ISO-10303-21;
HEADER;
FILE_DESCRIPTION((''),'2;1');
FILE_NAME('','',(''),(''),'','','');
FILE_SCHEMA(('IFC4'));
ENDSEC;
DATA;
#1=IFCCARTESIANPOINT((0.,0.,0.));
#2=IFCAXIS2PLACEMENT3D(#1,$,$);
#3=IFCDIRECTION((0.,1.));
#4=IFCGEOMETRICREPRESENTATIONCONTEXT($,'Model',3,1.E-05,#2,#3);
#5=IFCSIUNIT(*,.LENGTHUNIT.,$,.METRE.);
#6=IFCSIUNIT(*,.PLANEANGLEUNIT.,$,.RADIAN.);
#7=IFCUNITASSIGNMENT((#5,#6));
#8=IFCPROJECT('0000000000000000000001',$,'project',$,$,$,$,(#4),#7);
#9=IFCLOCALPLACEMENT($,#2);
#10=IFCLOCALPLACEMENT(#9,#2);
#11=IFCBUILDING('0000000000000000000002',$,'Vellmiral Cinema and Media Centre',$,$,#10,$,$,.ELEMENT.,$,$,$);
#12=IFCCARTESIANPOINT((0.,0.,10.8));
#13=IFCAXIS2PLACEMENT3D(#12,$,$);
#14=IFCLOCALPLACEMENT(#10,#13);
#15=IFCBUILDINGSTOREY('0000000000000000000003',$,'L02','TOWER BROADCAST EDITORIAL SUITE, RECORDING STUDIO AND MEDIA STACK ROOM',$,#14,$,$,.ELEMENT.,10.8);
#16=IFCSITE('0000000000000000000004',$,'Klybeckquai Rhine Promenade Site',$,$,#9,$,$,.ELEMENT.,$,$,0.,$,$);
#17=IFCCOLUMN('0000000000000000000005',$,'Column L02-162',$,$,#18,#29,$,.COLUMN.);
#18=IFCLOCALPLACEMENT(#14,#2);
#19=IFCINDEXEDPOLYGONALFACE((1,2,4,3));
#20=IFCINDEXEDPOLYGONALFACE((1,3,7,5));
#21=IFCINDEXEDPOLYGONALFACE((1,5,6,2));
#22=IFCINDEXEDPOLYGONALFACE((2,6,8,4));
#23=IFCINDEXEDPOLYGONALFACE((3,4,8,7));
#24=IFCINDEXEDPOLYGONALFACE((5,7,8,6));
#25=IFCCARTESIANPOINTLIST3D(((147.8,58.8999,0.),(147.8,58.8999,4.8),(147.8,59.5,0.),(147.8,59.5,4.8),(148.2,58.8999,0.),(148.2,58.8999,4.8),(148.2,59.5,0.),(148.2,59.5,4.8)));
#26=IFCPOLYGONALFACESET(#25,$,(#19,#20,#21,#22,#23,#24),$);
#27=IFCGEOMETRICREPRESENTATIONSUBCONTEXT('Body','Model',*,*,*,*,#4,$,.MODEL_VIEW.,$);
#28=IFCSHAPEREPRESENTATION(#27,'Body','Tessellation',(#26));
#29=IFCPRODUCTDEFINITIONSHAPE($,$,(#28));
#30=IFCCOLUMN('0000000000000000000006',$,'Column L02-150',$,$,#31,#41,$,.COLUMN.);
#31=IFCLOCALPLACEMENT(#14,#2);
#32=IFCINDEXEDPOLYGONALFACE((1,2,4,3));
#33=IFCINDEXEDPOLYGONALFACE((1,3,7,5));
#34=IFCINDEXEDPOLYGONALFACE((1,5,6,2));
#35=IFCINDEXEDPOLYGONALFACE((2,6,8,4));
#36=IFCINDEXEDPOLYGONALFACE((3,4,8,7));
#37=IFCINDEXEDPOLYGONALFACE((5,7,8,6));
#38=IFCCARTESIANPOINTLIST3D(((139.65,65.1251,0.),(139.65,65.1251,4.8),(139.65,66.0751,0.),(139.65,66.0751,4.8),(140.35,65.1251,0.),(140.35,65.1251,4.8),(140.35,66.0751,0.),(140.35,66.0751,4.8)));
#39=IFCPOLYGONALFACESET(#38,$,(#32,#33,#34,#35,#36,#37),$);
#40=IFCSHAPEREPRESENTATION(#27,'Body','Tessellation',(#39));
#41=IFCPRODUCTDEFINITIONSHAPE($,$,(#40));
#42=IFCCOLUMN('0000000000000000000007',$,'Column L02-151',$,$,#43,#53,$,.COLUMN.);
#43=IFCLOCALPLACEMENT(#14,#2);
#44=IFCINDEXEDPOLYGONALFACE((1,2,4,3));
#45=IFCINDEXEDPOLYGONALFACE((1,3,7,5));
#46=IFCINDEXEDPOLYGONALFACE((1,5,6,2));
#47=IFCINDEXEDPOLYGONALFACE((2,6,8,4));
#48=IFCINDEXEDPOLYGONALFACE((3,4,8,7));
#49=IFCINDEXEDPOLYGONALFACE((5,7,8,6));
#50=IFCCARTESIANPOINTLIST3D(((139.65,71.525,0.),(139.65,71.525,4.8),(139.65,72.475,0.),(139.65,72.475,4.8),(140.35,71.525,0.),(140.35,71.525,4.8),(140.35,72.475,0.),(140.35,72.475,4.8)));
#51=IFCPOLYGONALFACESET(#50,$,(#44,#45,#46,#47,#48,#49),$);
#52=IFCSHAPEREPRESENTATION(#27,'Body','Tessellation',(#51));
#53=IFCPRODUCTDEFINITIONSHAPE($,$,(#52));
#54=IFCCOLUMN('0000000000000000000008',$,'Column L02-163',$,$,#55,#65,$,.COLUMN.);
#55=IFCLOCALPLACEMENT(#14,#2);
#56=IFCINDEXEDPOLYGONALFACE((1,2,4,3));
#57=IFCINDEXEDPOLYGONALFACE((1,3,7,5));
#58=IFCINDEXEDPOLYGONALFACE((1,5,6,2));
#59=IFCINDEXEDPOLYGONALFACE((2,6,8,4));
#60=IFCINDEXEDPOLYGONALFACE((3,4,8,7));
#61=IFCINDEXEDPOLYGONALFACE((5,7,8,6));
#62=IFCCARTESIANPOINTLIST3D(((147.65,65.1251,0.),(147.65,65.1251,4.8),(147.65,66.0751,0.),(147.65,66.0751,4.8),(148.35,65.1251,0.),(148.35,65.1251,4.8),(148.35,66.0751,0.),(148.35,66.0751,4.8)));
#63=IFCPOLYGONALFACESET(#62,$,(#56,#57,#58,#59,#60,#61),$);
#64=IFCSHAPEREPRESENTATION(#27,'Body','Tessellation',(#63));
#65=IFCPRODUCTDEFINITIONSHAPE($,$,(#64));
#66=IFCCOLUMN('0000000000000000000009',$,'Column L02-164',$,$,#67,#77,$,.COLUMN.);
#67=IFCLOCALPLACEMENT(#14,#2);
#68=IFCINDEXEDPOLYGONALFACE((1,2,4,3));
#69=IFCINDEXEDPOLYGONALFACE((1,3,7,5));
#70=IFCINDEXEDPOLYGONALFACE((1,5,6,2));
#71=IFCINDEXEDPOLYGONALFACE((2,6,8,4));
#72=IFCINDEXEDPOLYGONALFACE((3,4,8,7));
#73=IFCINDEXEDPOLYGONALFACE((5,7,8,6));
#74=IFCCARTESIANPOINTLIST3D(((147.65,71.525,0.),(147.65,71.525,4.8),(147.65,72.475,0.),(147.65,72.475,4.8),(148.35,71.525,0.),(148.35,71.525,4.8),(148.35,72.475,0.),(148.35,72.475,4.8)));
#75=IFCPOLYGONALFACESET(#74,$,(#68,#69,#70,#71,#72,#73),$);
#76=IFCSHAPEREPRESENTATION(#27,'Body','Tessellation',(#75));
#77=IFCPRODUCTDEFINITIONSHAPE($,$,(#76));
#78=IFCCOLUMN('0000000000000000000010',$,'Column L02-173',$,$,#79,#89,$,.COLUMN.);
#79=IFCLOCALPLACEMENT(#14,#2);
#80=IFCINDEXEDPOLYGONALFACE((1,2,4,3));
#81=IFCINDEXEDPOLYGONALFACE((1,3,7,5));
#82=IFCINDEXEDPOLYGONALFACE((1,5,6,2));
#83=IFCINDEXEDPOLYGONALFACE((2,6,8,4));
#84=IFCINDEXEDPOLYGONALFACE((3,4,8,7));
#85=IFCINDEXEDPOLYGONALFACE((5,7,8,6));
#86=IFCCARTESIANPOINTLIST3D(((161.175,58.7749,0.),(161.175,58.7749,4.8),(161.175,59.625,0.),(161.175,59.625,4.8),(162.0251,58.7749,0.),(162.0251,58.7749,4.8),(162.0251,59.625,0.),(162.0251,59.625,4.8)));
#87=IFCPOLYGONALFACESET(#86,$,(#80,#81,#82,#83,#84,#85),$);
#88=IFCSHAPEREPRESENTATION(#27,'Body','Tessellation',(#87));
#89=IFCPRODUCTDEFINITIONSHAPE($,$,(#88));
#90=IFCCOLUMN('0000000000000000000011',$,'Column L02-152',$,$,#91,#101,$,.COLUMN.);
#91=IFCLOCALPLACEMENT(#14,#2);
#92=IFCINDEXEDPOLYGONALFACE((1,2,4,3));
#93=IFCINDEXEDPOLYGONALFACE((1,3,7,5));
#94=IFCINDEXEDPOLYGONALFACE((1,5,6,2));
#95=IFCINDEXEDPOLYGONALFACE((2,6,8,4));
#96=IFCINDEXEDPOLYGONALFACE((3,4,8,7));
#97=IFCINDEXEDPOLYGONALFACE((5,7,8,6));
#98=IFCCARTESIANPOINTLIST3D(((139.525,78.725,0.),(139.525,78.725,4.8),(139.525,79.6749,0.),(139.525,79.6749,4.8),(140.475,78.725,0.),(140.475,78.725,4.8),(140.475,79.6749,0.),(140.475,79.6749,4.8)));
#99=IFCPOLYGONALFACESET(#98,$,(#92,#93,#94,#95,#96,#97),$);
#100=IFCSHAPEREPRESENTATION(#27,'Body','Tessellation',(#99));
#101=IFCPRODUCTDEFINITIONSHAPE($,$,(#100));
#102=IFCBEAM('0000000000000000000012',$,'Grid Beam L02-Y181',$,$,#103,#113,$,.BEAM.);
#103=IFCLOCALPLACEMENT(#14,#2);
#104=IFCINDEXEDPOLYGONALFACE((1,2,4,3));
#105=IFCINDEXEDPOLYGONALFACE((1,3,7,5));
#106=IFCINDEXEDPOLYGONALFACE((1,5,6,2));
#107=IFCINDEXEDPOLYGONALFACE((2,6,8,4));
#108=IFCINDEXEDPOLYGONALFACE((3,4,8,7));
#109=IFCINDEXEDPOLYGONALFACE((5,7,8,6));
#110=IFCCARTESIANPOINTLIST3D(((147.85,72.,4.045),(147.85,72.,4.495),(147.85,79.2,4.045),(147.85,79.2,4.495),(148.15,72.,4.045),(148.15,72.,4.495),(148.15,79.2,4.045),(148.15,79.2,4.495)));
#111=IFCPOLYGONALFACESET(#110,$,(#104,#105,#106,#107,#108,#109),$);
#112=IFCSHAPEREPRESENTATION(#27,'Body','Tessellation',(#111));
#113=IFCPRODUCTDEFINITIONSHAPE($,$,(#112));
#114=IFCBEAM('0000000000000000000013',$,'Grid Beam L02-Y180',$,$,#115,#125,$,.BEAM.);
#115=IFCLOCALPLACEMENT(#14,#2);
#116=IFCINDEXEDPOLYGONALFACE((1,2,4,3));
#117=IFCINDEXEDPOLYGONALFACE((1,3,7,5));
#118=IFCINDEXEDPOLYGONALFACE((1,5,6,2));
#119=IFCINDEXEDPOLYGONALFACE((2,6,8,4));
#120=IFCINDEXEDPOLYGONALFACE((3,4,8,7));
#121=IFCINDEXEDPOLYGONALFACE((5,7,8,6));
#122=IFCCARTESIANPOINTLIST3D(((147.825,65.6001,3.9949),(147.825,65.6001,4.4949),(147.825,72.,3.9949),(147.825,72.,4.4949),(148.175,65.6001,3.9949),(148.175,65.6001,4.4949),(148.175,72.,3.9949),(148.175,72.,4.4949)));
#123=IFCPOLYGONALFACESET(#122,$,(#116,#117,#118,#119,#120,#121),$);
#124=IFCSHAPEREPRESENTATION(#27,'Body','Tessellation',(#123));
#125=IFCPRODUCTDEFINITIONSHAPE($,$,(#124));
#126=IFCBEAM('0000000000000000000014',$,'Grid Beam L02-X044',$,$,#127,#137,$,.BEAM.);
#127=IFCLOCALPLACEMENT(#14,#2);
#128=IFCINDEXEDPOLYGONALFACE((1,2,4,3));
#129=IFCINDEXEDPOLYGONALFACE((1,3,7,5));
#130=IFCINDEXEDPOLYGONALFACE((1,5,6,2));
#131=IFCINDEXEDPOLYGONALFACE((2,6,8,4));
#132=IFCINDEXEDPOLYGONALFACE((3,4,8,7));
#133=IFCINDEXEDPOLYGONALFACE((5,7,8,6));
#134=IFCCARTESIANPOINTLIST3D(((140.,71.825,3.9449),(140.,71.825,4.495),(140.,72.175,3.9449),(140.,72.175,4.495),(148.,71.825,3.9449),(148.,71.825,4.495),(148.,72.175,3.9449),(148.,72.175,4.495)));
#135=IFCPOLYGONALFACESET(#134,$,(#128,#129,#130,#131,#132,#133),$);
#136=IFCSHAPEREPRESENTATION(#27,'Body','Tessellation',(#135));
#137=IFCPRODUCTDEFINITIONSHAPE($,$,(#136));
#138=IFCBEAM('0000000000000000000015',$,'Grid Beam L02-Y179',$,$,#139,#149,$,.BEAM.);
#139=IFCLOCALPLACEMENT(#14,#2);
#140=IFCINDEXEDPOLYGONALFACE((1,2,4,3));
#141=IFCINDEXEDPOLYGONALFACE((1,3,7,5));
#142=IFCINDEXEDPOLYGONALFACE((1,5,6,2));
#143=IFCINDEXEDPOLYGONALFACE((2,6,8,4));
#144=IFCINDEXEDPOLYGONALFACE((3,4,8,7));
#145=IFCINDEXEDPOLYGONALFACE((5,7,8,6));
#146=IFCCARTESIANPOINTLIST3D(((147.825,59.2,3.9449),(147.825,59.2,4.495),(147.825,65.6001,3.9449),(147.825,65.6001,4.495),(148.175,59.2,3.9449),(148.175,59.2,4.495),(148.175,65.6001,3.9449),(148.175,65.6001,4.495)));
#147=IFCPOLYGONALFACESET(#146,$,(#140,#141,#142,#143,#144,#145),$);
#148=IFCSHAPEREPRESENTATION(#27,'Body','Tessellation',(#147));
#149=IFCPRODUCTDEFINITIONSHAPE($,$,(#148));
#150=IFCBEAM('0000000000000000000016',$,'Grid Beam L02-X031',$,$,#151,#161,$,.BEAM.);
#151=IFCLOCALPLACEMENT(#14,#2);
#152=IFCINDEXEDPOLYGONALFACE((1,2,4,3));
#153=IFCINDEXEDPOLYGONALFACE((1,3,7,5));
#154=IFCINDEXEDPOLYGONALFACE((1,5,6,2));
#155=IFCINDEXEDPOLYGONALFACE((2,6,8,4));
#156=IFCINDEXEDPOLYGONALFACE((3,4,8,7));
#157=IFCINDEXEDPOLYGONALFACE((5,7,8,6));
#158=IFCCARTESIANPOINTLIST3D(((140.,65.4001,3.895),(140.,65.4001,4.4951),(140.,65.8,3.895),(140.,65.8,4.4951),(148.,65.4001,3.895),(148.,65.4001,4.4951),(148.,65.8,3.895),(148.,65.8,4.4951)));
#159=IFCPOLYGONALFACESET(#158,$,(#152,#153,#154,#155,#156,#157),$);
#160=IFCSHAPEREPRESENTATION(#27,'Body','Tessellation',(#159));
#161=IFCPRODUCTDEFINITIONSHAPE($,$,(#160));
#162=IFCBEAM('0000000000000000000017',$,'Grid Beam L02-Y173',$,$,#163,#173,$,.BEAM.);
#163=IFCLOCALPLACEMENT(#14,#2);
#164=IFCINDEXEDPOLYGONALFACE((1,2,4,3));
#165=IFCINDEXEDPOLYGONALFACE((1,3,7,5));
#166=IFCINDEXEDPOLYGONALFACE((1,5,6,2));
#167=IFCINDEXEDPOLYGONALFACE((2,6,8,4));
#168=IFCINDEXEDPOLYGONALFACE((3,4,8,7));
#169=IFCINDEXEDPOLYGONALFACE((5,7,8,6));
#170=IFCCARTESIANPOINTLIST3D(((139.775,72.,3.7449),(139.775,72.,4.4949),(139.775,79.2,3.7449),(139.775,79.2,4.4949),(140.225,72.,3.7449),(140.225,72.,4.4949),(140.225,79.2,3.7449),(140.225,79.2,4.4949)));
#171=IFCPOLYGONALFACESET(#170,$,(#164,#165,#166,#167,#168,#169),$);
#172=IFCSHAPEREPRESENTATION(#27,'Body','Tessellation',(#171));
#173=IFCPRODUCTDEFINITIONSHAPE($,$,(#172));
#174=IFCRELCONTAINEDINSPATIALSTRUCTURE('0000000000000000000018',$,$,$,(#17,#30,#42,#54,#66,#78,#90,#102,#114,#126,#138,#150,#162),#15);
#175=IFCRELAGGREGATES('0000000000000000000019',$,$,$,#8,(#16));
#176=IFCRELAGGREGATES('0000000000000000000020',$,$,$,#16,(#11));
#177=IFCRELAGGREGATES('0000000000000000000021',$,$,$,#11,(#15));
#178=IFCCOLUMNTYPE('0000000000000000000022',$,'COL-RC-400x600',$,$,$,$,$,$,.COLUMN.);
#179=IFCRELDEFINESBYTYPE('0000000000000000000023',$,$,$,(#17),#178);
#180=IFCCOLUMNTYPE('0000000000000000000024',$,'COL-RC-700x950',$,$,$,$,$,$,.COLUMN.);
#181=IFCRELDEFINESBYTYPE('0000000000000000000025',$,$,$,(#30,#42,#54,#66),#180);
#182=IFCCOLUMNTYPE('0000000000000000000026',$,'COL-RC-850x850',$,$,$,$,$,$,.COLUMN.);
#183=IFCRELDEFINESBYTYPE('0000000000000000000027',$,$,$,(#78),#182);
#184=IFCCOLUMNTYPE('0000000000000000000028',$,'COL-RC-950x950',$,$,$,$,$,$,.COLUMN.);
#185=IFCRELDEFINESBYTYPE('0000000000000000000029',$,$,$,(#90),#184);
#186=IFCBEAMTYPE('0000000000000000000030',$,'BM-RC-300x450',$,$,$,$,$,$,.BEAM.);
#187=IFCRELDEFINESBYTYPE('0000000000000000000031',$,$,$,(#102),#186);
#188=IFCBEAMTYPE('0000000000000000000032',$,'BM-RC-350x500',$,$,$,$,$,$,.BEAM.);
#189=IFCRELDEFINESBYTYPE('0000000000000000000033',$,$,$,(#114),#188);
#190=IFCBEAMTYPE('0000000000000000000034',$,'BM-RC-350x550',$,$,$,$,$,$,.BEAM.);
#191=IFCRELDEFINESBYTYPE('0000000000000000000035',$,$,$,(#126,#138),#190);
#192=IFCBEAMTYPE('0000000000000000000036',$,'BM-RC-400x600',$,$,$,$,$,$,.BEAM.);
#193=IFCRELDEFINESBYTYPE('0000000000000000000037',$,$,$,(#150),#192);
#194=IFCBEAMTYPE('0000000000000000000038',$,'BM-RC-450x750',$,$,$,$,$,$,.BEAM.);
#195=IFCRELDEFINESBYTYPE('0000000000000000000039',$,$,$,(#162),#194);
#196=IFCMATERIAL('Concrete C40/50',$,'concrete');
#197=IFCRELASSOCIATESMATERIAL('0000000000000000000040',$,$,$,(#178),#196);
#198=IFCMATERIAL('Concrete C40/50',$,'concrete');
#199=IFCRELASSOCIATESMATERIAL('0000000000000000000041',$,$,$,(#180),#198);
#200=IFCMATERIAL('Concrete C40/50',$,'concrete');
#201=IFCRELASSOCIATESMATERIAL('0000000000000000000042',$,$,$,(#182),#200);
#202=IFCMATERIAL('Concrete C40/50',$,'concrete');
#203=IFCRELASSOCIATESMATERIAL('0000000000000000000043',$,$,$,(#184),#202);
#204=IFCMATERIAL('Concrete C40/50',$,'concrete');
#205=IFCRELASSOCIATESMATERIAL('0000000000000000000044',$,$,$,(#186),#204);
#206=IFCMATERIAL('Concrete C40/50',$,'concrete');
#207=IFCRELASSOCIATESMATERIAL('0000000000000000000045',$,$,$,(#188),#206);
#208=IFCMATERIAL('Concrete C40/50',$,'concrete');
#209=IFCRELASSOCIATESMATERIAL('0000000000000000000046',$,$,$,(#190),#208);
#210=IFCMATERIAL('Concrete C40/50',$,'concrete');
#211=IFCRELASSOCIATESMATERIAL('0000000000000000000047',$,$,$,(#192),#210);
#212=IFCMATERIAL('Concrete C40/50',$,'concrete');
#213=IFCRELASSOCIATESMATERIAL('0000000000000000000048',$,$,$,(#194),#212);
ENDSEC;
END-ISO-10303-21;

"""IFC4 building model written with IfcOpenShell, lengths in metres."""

from ifc_helpers import new_model, si_unit, direction, frame, origin, origin_2d, place, context, subcontext, project, spatial, rectangle, extrude, material, material_profile, profile_set, type_object, element, save


model = new_model("IFC4")

# Units and contexts
model_context = context("Model", 3, precision=1e-05, world=origin(), true_north=direction((0.0, 1.0)))
body_context = subcontext(model_context, "Body", "Model", "MODEL_VIEW")
ifc_project = project(units=[si_unit("LENGTHUNIT", "METRE"), si_unit("PLANEANGLEUNIT", "RADIAN")], contexts=[model_context])

# Site, building, storey
site_placement = place(None, origin())
site = spatial("IfcSite", under=ifc_project, at=site_placement, Name="Klybeckquai Rhine Promenade Site", CompositionType="ELEMENT", RefElevation=0.0)
building_placement = place(site_placement, origin())
building = spatial("IfcBuilding", under=site, at=building_placement, Name="Vellmiral Cinema and Media Centre", CompositionType="ELEMENT")
storey_placement = place(building_placement, frame((0.0, 0.0, 10.8)))
storey = spatial("IfcBuildingStorey", under=building, at=storey_placement, Name="L02", Description="TOWER BROADCAST EDITORIAL SUITE, RECORDING STUDIO AND MEDIA STACK ROOM", CompositionType="ELEMENT", Elevation=10.8)

# Columns
ifc_material_1 = material(Name="Concrete C40/50", Category="concrete")
ifc_material_profile_1 = material_profile(ifc_material_1, rectangle(XDim=0.3999, YDim=0.6001, at=origin_2d()), Name="RC 400x600")
ifc_profile_set_1 = profile_set([ifc_material_profile_1], Name="Concrete C40/50")
column_type_1 = type_object("IfcColumnType", Name="COL-RC-400x600", PredefinedType="COLUMN", material=ifc_profile_set_1)
column_1_placement = place(storey_placement, frame((148.0, 59.2, 0.0), z_axis=(0.0, 0.0, 1.0), x_axis=(1.0, 0.0, 0.0)))
element("IfcColumn", 1, at=column_1_placement, inside=storey, type_object=column_type_1, Name="Column L02-162", PredefinedType="COLUMN", context=body_context, shape_type="SweptSolid", body=[
    extrude(rectangle(XDim=0.3999, YDim=0.6001, at=origin_2d()), origin(), (0.0, 0.0, 1.0), 4.8),
])
ifc_material_2 = material(Name="Concrete C40/50", Category="concrete")
ifc_material_profile_2 = material_profile(ifc_material_2, rectangle(XDim=0.7, YDim=0.95, at=origin_2d()), Name="RC 700x950")
ifc_profile_set_2 = profile_set([ifc_material_profile_2], Name="Concrete C40/50")
column_type_2 = type_object("IfcColumnType", Name="COL-RC-700x950", PredefinedType="COLUMN", material=ifc_profile_set_2)
for number, where, z_axis, x_axis, name in (
    (2, (140.0, 65.6001, 0.0), (0.0, 0.0, 1.0), (1.0, 0.0, 0.0), "Column L02-150"),
    (3, (140.0, 72.0, 0.0), (0.0, 0.0, 1.0), (1.0, 0.0, 0.0), "Column L02-151"),
    (4, (148.0, 65.6001, 0.0), (0.0, 0.0, 1.0), (1.0, 0.0, 0.0), "Column L02-163"),
    (5, (148.0, 72.0, 0.0), (0.0, 0.0, 1.0), (1.0, 0.0, 0.0), "Column L02-164"),
):
    element("IfcColumn", number, at=place(storey_placement, frame(where, z_axis=z_axis, x_axis=x_axis)), inside=storey, type_object=column_type_2, Name=name, PredefinedType="COLUMN", context=body_context, shape_type="SweptSolid", body=[
        extrude(rectangle(XDim=0.7, YDim=0.95, at=origin_2d()), origin(), (0.0, 0.0, 1.0), 4.8),
    ])
ifc_material_3 = material(Name="Concrete C40/50", Category="concrete")
ifc_material_profile_3 = material_profile(ifc_material_3, rectangle(XDim=0.8501, YDim=0.8501, at=origin_2d()), Name="RC 850x850")
ifc_profile_set_3 = profile_set([ifc_material_profile_3], Name="Concrete C40/50")
column_type_3 = type_object("IfcColumnType", Name="COL-RC-850x850", PredefinedType="COLUMN", material=ifc_profile_set_3)
column_2_placement = place(storey_placement, frame((161.6001, 59.2, 0.0), z_axis=(0.0, 0.0, 1.0), x_axis=(1.0, 0.0, 0.0)))
element("IfcColumn", 6, at=column_2_placement, inside=storey, type_object=column_type_3, Name="Column L02-173", PredefinedType="COLUMN", context=body_context, shape_type="SweptSolid", body=[
    extrude(rectangle(XDim=0.8501, YDim=0.8501, at=origin_2d()), origin(), (0.0, 0.0, 1.0), 4.8),
])
ifc_material_4 = material(Name="Concrete C40/50", Category="concrete")
ifc_material_profile_4 = material_profile(ifc_material_4, rectangle(XDim=0.95, YDim=0.95, at=origin_2d()), Name="RC 950x950")
ifc_profile_set_4 = profile_set([ifc_material_profile_4], Name="Concrete C40/50")
column_type_4 = type_object("IfcColumnType", Name="COL-RC-950x950", PredefinedType="COLUMN", material=ifc_profile_set_4)
column_3_placement = place(storey_placement, frame((140.0, 79.2, 0.0), z_axis=(0.0, 0.0, 1.0), x_axis=(1.0, 0.0, 0.0)))
element("IfcColumn", 7, at=column_3_placement, inside=storey, type_object=column_type_4, Name="Column L02-152", PredefinedType="COLUMN", context=body_context, shape_type="SweptSolid", body=[
    extrude(rectangle(XDim=0.95, YDim=0.95, at=origin_2d()), origin(), (0.0, 0.0, 1.0), 4.8),
])

# Beams
ifc_material_5 = material(Name="Concrete C40/50", Category="concrete")
ifc_material_profile_5 = material_profile(ifc_material_5, rectangle(XDim=0.3, YDim=0.45, at=origin_2d()), Name="RC 300x450")
ifc_profile_set_5 = profile_set([ifc_material_profile_5], Name="Concrete C40/50")
beam_type_1 = type_object("IfcBeamType", Name="BM-RC-300x450", PredefinedType="BEAM", material=ifc_profile_set_5)
beam_1_placement = place(storey_placement, frame((148.0, 72.0, 4.27), z_axis=(0.0, 1.0, 0.0), x_axis=(-1.0, 0.0, 0.0)))
element("IfcBeam", 8, at=beam_1_placement, inside=storey, type_object=beam_type_1, Name="Grid Beam L02-Y181", PredefinedType="BEAM", context=body_context, shape_type="SweptSolid", body=[
    extrude(rectangle(XDim=0.3, YDim=0.45, at=origin_2d()), origin(), (0.0, 0.0, 1.0), 7.2),
])
ifc_material_6 = material(Name="Concrete C40/50", Category="concrete")
ifc_material_profile_6 = material_profile(ifc_material_6, rectangle(XDim=0.3501, YDim=0.5, at=origin_2d()), Name="RC 350x500")
ifc_profile_set_6 = profile_set([ifc_material_profile_6], Name="Concrete C40/50")
beam_type_2 = type_object("IfcBeamType", Name="BM-RC-350x500", PredefinedType="BEAM", material=ifc_profile_set_6)
beam_2_placement = place(storey_placement, frame((148.0, 65.6001, 4.2449), z_axis=(0.0, 1.0, 0.0), x_axis=(-1.0, 0.0, 0.0)))
element("IfcBeam", 9, at=beam_2_placement, inside=storey, type_object=beam_type_2, Name="Grid Beam L02-Y180", PredefinedType="BEAM", context=body_context, shape_type="SweptSolid", body=[
    extrude(rectangle(XDim=0.3501, YDim=0.5, at=origin_2d()), origin(), (0.0, 0.0, 1.0), 6.3999),
])
ifc_material_7 = material(Name="Concrete C40/50", Category="concrete")
ifc_material_profile_7 = material_profile(ifc_material_7, rectangle(XDim=0.3501, YDim=0.55, at=origin_2d()), Name="RC 350x550")
ifc_profile_set_7 = profile_set([ifc_material_profile_7], Name="Concrete C40/50")
beam_type_3 = type_object("IfcBeamType", Name="BM-RC-350x550", PredefinedType="BEAM", material=ifc_profile_set_7)
beam_3_placement = place(storey_placement, frame((140.0, 72.0, 4.22), z_axis=(1.0, 0.0, 0.0), x_axis=(0.0, 1.0, 0.0)))
element("IfcBeam", 10, at=beam_3_placement, inside=storey, type_object=beam_type_3, Name="Grid Beam L02-X044", PredefinedType="BEAM", context=body_context, shape_type="SweptSolid", body=[
    extrude(rectangle(XDim=0.3501, YDim=0.55, at=origin_2d()), origin(), (0.0, 0.0, 1.0), 8.0),
])
beam_4_placement = place(storey_placement, frame((148.0, 59.2, 4.22), z_axis=(0.0, 1.0, 0.0), x_axis=(-1.0, 0.0, 0.0)))
element("IfcBeam", 11, at=beam_4_placement, inside=storey, type_object=beam_type_3, Name="Grid Beam L02-Y179", PredefinedType="BEAM", context=body_context, shape_type="SweptSolid", body=[
    extrude(rectangle(XDim=0.3501, YDim=0.55, at=origin_2d()), origin(), (0.0, 0.0, 1.0), 6.4001),
])
ifc_material_8 = material(Name="Concrete C40/50", Category="concrete")
ifc_material_profile_8 = material_profile(ifc_material_8, rectangle(XDim=0.3999, YDim=0.6001, at=origin_2d()), Name="RC 400x600")
ifc_profile_set_8 = profile_set([ifc_material_profile_8], Name="Concrete C40/50")
beam_type_4 = type_object("IfcBeamType", Name="BM-RC-400x600", PredefinedType="BEAM", material=ifc_profile_set_8)
beam_5_placement = place(storey_placement, frame((140.0, 65.6001, 4.1951), z_axis=(1.0, 0.0, 0.0), x_axis=(0.0, 1.0, 0.0)))
element("IfcBeam", 12, at=beam_5_placement, inside=storey, type_object=beam_type_4, Name="Grid Beam L02-X031", PredefinedType="BEAM", context=body_context, shape_type="SweptSolid", body=[
    extrude(rectangle(XDim=0.3999, YDim=0.6001, at=origin_2d()), origin(), (0.0, 0.0, 1.0), 8.0),
])
ifc_material_9 = material(Name="Concrete C40/50", Category="concrete")
ifc_material_profile_9 = material_profile(ifc_material_9, rectangle(XDim=0.45, YDim=0.75, at=origin_2d()), Name="RC 450x750")
ifc_profile_set_9 = profile_set([ifc_material_profile_9], Name="Concrete C40/50")
beam_type_5 = type_object("IfcBeamType", Name="BM-RC-450x750", PredefinedType="BEAM", material=ifc_profile_set_9)
beam_6_placement = place(storey_placement, frame((140.0, 72.0, 4.1199), z_axis=(0.0, 1.0, 0.0), x_axis=(-1.0, 0.0, 0.0)))
element("IfcBeam", 13, at=beam_6_placement, inside=storey, type_object=beam_type_5, Name="Grid Beam L02-Y173", PredefinedType="BEAM", context=body_context, shape_type="SweptSolid", body=[
    extrude(rectangle(XDim=0.45, YDim=0.75, at=origin_2d()), origin(), (0.0, 0.0, 1.0), 7.2),
])

save(model, "model.ifc")
